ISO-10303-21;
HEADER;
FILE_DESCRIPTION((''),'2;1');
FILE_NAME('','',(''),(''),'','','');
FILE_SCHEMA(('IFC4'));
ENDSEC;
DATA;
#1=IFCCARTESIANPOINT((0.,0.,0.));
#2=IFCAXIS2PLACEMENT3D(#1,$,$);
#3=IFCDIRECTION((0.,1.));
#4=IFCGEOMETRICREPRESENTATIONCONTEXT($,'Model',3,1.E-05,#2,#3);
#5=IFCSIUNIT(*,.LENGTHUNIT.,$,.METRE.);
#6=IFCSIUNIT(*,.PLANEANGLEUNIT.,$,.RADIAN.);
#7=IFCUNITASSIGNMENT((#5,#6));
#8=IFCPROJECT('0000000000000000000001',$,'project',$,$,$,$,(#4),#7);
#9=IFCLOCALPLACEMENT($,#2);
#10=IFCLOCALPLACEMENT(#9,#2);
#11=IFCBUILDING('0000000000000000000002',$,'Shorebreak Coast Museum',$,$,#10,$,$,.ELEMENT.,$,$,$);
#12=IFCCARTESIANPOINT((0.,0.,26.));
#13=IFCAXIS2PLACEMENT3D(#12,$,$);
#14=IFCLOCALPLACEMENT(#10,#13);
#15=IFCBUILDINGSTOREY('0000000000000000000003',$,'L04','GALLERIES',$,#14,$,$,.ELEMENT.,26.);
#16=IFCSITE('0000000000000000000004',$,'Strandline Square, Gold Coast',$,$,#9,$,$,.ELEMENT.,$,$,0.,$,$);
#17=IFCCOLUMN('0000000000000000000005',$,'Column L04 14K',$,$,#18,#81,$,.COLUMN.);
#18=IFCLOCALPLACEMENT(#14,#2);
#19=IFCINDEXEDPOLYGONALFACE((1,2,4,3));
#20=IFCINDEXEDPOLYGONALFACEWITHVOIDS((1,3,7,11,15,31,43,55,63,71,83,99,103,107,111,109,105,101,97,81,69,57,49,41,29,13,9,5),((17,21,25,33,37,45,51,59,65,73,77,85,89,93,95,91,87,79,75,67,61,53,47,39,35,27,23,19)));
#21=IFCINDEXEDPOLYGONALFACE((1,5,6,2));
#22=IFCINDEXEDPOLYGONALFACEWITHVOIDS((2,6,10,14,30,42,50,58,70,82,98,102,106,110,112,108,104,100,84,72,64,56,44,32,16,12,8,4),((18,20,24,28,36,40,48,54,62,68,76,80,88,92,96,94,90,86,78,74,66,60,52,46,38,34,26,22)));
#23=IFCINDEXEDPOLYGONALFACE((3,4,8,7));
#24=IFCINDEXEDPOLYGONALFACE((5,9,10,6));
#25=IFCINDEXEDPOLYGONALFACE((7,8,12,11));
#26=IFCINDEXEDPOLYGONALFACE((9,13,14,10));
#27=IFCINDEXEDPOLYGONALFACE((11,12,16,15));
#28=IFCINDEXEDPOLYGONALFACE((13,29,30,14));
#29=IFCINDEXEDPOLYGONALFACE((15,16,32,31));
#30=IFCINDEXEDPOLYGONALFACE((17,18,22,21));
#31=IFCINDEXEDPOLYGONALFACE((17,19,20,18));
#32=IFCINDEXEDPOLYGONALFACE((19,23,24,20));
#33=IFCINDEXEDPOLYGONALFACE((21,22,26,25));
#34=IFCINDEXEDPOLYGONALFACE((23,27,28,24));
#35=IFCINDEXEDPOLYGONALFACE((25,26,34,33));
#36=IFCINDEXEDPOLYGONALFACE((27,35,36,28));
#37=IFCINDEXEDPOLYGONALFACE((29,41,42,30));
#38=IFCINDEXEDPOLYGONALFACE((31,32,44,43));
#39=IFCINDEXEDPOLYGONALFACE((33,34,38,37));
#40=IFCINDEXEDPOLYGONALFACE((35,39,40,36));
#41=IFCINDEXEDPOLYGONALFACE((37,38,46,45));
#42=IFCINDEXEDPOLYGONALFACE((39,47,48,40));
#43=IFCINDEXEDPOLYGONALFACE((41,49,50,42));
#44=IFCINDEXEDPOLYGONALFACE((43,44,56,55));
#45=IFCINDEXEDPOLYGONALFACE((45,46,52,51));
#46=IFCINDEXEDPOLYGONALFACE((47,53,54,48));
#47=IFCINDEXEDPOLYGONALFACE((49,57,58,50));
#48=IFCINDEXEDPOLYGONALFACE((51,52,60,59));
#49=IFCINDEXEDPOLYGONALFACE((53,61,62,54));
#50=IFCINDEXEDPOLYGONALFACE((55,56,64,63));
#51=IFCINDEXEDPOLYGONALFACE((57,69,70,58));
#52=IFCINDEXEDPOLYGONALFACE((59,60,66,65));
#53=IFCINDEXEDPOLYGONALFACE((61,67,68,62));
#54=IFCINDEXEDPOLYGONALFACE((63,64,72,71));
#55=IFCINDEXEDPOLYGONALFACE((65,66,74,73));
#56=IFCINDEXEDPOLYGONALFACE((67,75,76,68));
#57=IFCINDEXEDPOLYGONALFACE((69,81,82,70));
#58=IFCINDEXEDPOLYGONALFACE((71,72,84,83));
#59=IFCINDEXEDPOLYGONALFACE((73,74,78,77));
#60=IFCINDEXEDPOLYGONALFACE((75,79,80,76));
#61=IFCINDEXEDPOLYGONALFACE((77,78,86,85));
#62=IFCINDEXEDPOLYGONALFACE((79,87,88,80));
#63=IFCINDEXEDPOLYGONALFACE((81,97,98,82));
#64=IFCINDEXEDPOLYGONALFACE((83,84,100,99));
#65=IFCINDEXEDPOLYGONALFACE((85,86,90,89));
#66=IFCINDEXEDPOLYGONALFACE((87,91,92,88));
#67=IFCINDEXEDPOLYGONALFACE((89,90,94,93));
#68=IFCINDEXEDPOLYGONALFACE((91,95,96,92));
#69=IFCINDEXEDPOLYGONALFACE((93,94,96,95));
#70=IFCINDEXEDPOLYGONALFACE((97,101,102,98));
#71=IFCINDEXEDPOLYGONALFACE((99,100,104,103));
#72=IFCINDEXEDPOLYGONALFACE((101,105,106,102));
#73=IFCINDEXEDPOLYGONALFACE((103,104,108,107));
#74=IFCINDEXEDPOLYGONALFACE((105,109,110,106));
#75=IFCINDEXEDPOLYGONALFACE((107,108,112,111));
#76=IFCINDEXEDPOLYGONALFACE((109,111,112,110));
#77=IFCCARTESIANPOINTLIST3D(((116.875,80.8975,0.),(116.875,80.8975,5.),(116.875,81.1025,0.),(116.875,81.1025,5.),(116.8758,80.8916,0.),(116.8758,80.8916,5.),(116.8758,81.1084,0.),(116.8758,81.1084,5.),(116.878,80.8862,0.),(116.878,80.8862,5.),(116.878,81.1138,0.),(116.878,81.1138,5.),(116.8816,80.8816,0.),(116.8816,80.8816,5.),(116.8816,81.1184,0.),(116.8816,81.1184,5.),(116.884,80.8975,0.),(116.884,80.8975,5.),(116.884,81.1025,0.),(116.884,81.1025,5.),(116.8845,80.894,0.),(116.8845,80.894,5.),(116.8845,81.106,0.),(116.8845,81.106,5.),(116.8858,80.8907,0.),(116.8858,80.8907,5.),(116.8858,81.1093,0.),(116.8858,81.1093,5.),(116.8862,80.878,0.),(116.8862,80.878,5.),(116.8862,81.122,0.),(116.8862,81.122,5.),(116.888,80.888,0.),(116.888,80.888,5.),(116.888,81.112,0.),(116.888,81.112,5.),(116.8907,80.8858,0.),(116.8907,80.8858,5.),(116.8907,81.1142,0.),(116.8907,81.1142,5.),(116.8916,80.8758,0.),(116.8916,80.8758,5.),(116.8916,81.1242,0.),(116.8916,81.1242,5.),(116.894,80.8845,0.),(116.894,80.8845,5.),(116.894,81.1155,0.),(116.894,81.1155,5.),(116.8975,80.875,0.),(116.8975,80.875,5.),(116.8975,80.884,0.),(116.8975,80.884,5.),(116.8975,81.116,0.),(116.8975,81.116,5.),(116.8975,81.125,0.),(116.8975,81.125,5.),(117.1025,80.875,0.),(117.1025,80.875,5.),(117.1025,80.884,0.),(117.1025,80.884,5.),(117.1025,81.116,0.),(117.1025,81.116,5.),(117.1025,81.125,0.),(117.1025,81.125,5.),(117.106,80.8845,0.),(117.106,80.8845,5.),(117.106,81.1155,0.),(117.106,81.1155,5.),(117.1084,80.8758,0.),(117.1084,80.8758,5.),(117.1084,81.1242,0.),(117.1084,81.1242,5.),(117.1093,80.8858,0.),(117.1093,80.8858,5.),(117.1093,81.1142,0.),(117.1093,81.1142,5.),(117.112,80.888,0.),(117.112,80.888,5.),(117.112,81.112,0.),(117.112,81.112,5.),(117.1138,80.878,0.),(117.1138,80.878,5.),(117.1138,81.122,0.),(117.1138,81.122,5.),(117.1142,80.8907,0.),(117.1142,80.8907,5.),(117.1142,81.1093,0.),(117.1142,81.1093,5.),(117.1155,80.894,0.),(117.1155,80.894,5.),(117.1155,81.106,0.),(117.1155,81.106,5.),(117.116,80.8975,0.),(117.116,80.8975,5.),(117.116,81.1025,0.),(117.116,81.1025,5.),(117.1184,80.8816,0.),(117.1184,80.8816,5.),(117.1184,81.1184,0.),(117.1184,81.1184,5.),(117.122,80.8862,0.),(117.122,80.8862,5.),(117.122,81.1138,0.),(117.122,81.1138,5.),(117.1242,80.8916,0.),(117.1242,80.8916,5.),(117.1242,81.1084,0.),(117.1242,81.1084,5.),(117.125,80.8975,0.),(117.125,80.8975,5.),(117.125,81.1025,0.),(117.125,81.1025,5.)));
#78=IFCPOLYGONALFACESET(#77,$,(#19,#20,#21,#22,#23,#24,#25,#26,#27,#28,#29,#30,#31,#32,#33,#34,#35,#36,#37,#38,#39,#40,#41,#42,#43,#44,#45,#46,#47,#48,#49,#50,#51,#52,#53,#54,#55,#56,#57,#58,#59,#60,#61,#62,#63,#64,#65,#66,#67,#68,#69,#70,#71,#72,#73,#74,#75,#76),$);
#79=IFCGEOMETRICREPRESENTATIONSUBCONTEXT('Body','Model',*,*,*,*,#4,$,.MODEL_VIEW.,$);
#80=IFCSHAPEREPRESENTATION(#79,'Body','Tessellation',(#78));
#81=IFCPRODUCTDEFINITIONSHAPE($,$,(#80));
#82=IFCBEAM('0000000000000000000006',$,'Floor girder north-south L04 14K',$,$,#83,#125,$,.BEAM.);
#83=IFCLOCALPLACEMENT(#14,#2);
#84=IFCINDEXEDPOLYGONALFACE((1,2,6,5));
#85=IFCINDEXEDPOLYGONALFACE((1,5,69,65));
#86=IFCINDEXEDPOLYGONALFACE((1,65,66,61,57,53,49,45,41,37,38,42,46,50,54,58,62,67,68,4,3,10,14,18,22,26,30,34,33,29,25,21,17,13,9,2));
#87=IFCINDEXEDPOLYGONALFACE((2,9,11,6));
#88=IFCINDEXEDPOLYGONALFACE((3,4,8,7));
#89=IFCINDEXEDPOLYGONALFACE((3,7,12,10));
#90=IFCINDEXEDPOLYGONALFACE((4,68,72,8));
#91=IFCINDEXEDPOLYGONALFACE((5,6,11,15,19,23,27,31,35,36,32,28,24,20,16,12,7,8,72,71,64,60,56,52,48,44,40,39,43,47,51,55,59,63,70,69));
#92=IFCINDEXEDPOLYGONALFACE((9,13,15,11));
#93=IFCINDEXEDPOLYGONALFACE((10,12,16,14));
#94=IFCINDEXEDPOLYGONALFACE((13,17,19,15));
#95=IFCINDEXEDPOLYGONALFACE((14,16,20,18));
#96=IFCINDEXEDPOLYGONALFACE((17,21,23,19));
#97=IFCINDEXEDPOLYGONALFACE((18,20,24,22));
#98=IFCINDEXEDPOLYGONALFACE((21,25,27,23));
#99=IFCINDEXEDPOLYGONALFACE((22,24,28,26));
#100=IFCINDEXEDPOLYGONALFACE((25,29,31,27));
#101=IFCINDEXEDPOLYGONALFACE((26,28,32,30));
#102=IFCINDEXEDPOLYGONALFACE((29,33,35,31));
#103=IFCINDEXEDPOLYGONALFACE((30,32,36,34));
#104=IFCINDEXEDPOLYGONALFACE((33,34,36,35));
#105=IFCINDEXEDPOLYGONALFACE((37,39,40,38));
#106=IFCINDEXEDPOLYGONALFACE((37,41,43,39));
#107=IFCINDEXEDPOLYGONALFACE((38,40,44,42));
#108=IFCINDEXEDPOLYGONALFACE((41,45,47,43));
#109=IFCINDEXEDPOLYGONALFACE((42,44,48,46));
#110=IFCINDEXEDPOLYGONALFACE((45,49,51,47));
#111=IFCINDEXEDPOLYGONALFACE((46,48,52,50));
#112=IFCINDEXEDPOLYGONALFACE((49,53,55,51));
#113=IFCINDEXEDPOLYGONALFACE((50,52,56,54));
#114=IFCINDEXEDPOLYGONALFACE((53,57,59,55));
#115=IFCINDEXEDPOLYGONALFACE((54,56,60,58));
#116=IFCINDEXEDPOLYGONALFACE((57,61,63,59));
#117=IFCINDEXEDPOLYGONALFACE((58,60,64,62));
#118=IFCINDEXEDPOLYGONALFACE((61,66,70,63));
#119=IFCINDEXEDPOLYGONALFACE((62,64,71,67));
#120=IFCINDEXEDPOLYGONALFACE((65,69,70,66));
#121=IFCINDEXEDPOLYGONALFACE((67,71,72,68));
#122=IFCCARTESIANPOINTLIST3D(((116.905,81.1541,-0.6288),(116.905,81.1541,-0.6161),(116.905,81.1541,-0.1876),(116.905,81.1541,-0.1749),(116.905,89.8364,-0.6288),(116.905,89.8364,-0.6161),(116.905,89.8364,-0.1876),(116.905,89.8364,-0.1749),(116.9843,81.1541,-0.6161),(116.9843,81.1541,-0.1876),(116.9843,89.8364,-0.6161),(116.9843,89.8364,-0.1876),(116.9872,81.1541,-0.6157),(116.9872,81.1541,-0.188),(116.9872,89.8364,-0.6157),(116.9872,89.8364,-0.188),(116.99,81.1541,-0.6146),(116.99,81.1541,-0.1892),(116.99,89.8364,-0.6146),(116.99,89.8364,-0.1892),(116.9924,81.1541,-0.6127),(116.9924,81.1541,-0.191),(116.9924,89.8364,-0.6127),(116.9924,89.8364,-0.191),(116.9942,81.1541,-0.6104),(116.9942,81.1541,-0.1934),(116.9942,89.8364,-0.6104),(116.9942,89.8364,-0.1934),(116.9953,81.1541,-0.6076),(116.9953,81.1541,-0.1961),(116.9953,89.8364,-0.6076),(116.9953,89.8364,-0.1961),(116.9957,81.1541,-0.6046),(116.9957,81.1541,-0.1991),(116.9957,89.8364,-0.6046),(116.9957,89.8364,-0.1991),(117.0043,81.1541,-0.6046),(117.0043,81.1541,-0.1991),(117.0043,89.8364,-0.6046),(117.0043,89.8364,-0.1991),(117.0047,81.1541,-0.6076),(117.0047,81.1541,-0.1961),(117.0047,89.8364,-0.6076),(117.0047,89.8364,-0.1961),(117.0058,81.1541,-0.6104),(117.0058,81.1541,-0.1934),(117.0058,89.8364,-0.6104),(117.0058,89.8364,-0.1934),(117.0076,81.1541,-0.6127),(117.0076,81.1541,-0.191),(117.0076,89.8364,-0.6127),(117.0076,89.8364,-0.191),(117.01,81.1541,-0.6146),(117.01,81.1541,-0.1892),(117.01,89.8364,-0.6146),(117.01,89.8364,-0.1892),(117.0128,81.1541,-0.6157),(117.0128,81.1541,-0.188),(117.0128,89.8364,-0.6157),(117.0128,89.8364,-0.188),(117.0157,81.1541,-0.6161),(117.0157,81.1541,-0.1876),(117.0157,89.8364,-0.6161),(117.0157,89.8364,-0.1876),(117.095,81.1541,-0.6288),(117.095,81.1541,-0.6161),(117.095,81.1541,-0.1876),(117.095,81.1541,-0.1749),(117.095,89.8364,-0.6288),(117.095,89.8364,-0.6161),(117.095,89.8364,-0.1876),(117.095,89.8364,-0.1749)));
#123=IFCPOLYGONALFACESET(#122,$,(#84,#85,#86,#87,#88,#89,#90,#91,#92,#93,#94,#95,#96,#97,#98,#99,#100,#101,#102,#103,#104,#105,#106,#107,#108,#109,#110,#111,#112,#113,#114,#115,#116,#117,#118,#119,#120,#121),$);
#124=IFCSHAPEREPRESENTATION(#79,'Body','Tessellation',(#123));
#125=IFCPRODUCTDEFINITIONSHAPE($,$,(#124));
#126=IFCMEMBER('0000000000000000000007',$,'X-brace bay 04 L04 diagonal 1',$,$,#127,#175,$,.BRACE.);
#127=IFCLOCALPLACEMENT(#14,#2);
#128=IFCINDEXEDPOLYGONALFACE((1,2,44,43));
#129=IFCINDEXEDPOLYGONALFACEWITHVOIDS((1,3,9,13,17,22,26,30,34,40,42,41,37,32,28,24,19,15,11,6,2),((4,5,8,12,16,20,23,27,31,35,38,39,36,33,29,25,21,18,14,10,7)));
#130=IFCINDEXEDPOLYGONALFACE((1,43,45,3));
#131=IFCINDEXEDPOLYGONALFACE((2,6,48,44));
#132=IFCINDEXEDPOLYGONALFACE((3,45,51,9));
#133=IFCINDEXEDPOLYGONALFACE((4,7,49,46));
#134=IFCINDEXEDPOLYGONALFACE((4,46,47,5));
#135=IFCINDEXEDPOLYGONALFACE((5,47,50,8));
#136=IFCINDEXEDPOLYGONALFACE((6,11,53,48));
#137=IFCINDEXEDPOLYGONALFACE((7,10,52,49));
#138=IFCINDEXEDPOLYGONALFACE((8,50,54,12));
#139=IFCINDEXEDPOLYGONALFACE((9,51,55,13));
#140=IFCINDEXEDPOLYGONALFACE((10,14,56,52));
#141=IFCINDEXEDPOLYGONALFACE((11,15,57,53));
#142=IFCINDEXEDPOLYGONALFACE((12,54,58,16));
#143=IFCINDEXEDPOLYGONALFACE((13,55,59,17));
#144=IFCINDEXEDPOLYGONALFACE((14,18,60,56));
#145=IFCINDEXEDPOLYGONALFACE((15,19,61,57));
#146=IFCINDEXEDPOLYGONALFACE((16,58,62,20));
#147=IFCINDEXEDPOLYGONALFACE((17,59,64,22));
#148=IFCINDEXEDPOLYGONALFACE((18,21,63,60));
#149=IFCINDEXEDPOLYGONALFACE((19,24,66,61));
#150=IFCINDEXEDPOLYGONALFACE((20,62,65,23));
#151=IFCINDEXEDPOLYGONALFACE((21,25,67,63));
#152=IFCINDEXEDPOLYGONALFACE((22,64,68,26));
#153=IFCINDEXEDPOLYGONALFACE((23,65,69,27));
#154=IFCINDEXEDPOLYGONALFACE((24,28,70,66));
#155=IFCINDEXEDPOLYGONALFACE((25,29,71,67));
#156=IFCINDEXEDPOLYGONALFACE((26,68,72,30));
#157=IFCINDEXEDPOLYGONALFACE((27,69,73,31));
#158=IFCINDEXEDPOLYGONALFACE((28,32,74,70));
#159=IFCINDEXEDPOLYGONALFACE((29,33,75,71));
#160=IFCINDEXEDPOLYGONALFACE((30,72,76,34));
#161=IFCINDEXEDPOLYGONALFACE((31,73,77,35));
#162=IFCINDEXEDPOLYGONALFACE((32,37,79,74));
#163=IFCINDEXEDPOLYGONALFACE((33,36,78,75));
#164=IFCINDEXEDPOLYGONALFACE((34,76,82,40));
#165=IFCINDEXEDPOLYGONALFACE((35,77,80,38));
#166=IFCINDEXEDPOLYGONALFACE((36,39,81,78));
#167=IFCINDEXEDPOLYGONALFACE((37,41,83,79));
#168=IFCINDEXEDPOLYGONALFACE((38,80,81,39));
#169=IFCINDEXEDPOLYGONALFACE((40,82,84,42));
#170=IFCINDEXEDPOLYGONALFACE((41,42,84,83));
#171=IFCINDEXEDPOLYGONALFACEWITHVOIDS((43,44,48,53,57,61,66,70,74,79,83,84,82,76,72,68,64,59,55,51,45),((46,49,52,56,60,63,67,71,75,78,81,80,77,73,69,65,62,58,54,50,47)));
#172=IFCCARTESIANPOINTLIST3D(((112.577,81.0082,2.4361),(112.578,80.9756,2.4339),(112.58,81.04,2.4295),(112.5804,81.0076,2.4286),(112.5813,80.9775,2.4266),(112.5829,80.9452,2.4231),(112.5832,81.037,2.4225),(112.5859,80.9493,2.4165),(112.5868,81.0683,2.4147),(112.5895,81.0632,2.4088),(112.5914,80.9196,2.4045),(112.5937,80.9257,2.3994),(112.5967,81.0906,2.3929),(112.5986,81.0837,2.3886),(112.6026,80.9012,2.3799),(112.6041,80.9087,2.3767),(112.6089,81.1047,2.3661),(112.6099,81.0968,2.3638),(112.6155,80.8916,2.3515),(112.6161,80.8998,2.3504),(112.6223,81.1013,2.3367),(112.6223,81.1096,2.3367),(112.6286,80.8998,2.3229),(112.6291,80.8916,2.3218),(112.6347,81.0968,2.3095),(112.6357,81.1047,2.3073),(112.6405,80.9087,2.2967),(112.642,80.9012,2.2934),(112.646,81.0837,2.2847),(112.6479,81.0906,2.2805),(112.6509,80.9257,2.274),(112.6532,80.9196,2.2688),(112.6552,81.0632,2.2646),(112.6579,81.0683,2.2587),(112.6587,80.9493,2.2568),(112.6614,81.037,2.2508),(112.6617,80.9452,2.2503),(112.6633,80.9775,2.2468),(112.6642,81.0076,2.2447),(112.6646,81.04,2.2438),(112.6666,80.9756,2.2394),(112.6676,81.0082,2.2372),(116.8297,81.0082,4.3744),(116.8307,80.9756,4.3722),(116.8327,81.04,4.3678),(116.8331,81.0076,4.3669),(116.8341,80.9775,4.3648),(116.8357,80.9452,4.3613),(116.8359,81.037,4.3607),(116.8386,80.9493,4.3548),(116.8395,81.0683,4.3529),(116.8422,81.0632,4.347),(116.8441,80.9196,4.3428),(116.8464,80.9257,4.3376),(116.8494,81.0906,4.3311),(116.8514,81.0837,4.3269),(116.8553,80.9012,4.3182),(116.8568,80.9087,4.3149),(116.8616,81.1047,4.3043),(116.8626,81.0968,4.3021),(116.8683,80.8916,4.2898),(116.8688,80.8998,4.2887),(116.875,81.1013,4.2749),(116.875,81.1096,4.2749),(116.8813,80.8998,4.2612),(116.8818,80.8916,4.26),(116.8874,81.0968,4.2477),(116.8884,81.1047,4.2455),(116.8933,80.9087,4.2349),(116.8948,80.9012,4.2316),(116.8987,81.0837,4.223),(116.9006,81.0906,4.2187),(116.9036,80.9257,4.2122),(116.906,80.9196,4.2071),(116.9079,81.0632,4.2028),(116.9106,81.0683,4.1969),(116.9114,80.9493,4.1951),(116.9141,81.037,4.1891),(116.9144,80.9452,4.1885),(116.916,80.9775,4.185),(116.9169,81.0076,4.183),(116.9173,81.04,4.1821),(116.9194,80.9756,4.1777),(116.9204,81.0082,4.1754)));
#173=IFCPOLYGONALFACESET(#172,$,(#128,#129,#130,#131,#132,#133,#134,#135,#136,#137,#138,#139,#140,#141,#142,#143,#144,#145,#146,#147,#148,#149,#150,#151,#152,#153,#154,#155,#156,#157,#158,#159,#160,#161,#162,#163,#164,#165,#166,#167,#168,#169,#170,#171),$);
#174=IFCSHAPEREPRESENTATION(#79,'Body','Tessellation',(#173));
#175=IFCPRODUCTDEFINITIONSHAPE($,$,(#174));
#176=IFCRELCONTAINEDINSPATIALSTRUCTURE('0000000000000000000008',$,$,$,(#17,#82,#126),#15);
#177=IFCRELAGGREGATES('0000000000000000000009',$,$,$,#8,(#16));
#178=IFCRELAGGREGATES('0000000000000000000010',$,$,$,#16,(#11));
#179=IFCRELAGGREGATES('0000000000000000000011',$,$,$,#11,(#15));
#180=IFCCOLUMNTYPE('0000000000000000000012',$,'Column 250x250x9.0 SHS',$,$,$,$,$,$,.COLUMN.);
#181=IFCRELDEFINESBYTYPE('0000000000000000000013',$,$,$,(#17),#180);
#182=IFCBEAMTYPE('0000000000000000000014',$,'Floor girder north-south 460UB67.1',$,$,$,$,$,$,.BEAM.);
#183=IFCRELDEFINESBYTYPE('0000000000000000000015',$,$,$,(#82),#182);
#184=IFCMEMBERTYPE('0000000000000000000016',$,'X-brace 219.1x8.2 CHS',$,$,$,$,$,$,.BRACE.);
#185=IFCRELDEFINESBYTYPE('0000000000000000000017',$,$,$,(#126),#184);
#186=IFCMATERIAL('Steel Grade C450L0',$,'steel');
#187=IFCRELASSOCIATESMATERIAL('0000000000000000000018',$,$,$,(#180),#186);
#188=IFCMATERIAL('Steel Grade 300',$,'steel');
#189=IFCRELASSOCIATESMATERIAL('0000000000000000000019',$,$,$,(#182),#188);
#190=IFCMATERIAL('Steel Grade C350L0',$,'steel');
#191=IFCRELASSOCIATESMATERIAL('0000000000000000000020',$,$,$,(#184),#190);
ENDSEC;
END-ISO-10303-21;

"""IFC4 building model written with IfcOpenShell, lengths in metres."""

from ifc_helpers import new_model, si_unit, direction, frame, origin, origin_2d, place, context, subcontext, project, spatial, hollow_rectangle, hollow_circle, i_section, extrude, material, material_profile, profile_set, type_object, element, save


model = new_model("IFC4")

# Units and contexts
model_context = context("Model", 3, precision=1e-05, world=origin(), true_north=direction((0.0, 1.0)))
body_context = subcontext(model_context, "Body", "Model", "MODEL_VIEW")
ifc_project = project(units=[si_unit("LENGTHUNIT", "METRE"), si_unit("PLANEANGLEUNIT", "RADIAN")], contexts=[model_context])

# Site, building, storey
site_placement = place(None, origin())
site = spatial("IfcSite", under=ifc_project, at=site_placement, Name="Strandline Square, Gold Coast", CompositionType="ELEMENT", RefElevation=0.0)
building_placement = place(site_placement, origin())
building = spatial("IfcBuilding", under=site, at=building_placement, Name="Shorebreak Coast Museum", CompositionType="ELEMENT")
storey_placement = place(building_placement, frame((0.0, 0.0, 26.0)))
storey = spatial("IfcBuildingStorey", under=building, at=storey_placement, Name="L04", Description="GALLERIES", CompositionType="ELEMENT", Elevation=26.0)

# Column
ifc_material_1 = material(Name="Steel Grade C450L0", Category="steel")
ifc_material_profile_1 = material_profile(ifc_material_1, hollow_rectangle(XDim=0.25, YDim=0.25, WallThickness=0.009, InnerFilletRadius=0.0134, OuterFilletRadius=0.0225, at=origin_2d()), Name="250x250x9.0 SHS")
ifc_profile_set_1 = profile_set([ifc_material_profile_1], Name="Steel Grade C450L0")
column_type = type_object("IfcColumnType", Name="Column 250x250x9.0 SHS", PredefinedType="COLUMN", material=ifc_profile_set_1)
column_placement = place(storey_placement, frame((117.0, 81.0, 0.0), z_axis=(0.0, 0.0, 1.0), x_axis=(1.0, 0.0, 0.0)))
element("IfcColumn", 1, at=column_placement, inside=storey, type_object=column_type, Name="Column L04 14K", PredefinedType="COLUMN", context=body_context, shape_type="SweptSolid", body=[
    extrude(hollow_rectangle(XDim=0.25, YDim=0.25, WallThickness=0.009, InnerFilletRadius=0.0134, OuterFilletRadius=0.0225, at=origin_2d()), origin(), (0.0, 0.0, 1.0), 5.0),
])

# Beam
ifc_material_2 = material(Name="Steel Grade 300", Category="steel")
ifc_material_profile_2 = material_profile(ifc_material_2, i_section(OverallWidth=0.1899, OverallDepth=0.4539, WebThickness=0.0085, FlangeThickness=0.0127, FilletRadius=0.0115, at=origin_2d()), Name="460UB67.1")
ifc_profile_set_2 = profile_set([ifc_material_profile_2], Name="Steel Grade 300")
beam_type = type_object("IfcBeamType", Name="Floor girder north-south 460UB67.1", PredefinedType="BEAM", material=ifc_profile_set_2)
beam_placement = place(storey_placement, frame((117.0, 81.1541, -0.4019), z_axis=(0.0, 1.0, 0.0), x_axis=(-1.0, 0.0, 0.0)))
element("IfcBeam", 2, at=beam_placement, inside=storey, type_object=beam_type, Name="Floor girder north-south L04 14K", PredefinedType="BEAM", context=body_context, shape_type="SweptSolid", body=[
    extrude(i_section(OverallWidth=0.1899, OverallDepth=0.4539, WebThickness=0.0085, FlangeThickness=0.0127, FilletRadius=0.0115, at=origin_2d()), origin(), (0.0, 0.0, 1.0), 8.6824),
])

# Member
ifc_material_3 = material(Name="Steel Grade C350L0", Category="steel")
ifc_material_profile_3 = material_profile(ifc_material_3, hollow_circle(Radius=0.1096, WallThickness=0.0083, at=origin_2d()), Name="219.1x8.2 CHS")
ifc_profile_set_3 = profile_set([ifc_material_profile_3], Name="Steel Grade C350L0")
member_type = type_object("IfcMemberType", Name="X-brace 219.1x8.2 CHS", PredefinedType="BRACE", material=ifc_profile_set_3)
member_1_placement = place(storey_placement, frame((112.6223, 81.0, 2.3367), z_axis=(0.909947, 0.0, 0.414724), x_axis=(0.0, 1.0, 0.0)))
element("IfcMember", 3, at=member_1_placement, inside=storey, type_object=member_type, Name="X-brace bay 04 L04 diagonal 1", PredefinedType="BRACE", context=body_context, shape_type="SweptSolid", body=[
    extrude(hollow_circle(Radius=0.1096, WallThickness=0.0083, at=origin_2d()), origin(), (0.0, 0.0, 1.0), 4.6736),
])

save(model, "model.ifc")
